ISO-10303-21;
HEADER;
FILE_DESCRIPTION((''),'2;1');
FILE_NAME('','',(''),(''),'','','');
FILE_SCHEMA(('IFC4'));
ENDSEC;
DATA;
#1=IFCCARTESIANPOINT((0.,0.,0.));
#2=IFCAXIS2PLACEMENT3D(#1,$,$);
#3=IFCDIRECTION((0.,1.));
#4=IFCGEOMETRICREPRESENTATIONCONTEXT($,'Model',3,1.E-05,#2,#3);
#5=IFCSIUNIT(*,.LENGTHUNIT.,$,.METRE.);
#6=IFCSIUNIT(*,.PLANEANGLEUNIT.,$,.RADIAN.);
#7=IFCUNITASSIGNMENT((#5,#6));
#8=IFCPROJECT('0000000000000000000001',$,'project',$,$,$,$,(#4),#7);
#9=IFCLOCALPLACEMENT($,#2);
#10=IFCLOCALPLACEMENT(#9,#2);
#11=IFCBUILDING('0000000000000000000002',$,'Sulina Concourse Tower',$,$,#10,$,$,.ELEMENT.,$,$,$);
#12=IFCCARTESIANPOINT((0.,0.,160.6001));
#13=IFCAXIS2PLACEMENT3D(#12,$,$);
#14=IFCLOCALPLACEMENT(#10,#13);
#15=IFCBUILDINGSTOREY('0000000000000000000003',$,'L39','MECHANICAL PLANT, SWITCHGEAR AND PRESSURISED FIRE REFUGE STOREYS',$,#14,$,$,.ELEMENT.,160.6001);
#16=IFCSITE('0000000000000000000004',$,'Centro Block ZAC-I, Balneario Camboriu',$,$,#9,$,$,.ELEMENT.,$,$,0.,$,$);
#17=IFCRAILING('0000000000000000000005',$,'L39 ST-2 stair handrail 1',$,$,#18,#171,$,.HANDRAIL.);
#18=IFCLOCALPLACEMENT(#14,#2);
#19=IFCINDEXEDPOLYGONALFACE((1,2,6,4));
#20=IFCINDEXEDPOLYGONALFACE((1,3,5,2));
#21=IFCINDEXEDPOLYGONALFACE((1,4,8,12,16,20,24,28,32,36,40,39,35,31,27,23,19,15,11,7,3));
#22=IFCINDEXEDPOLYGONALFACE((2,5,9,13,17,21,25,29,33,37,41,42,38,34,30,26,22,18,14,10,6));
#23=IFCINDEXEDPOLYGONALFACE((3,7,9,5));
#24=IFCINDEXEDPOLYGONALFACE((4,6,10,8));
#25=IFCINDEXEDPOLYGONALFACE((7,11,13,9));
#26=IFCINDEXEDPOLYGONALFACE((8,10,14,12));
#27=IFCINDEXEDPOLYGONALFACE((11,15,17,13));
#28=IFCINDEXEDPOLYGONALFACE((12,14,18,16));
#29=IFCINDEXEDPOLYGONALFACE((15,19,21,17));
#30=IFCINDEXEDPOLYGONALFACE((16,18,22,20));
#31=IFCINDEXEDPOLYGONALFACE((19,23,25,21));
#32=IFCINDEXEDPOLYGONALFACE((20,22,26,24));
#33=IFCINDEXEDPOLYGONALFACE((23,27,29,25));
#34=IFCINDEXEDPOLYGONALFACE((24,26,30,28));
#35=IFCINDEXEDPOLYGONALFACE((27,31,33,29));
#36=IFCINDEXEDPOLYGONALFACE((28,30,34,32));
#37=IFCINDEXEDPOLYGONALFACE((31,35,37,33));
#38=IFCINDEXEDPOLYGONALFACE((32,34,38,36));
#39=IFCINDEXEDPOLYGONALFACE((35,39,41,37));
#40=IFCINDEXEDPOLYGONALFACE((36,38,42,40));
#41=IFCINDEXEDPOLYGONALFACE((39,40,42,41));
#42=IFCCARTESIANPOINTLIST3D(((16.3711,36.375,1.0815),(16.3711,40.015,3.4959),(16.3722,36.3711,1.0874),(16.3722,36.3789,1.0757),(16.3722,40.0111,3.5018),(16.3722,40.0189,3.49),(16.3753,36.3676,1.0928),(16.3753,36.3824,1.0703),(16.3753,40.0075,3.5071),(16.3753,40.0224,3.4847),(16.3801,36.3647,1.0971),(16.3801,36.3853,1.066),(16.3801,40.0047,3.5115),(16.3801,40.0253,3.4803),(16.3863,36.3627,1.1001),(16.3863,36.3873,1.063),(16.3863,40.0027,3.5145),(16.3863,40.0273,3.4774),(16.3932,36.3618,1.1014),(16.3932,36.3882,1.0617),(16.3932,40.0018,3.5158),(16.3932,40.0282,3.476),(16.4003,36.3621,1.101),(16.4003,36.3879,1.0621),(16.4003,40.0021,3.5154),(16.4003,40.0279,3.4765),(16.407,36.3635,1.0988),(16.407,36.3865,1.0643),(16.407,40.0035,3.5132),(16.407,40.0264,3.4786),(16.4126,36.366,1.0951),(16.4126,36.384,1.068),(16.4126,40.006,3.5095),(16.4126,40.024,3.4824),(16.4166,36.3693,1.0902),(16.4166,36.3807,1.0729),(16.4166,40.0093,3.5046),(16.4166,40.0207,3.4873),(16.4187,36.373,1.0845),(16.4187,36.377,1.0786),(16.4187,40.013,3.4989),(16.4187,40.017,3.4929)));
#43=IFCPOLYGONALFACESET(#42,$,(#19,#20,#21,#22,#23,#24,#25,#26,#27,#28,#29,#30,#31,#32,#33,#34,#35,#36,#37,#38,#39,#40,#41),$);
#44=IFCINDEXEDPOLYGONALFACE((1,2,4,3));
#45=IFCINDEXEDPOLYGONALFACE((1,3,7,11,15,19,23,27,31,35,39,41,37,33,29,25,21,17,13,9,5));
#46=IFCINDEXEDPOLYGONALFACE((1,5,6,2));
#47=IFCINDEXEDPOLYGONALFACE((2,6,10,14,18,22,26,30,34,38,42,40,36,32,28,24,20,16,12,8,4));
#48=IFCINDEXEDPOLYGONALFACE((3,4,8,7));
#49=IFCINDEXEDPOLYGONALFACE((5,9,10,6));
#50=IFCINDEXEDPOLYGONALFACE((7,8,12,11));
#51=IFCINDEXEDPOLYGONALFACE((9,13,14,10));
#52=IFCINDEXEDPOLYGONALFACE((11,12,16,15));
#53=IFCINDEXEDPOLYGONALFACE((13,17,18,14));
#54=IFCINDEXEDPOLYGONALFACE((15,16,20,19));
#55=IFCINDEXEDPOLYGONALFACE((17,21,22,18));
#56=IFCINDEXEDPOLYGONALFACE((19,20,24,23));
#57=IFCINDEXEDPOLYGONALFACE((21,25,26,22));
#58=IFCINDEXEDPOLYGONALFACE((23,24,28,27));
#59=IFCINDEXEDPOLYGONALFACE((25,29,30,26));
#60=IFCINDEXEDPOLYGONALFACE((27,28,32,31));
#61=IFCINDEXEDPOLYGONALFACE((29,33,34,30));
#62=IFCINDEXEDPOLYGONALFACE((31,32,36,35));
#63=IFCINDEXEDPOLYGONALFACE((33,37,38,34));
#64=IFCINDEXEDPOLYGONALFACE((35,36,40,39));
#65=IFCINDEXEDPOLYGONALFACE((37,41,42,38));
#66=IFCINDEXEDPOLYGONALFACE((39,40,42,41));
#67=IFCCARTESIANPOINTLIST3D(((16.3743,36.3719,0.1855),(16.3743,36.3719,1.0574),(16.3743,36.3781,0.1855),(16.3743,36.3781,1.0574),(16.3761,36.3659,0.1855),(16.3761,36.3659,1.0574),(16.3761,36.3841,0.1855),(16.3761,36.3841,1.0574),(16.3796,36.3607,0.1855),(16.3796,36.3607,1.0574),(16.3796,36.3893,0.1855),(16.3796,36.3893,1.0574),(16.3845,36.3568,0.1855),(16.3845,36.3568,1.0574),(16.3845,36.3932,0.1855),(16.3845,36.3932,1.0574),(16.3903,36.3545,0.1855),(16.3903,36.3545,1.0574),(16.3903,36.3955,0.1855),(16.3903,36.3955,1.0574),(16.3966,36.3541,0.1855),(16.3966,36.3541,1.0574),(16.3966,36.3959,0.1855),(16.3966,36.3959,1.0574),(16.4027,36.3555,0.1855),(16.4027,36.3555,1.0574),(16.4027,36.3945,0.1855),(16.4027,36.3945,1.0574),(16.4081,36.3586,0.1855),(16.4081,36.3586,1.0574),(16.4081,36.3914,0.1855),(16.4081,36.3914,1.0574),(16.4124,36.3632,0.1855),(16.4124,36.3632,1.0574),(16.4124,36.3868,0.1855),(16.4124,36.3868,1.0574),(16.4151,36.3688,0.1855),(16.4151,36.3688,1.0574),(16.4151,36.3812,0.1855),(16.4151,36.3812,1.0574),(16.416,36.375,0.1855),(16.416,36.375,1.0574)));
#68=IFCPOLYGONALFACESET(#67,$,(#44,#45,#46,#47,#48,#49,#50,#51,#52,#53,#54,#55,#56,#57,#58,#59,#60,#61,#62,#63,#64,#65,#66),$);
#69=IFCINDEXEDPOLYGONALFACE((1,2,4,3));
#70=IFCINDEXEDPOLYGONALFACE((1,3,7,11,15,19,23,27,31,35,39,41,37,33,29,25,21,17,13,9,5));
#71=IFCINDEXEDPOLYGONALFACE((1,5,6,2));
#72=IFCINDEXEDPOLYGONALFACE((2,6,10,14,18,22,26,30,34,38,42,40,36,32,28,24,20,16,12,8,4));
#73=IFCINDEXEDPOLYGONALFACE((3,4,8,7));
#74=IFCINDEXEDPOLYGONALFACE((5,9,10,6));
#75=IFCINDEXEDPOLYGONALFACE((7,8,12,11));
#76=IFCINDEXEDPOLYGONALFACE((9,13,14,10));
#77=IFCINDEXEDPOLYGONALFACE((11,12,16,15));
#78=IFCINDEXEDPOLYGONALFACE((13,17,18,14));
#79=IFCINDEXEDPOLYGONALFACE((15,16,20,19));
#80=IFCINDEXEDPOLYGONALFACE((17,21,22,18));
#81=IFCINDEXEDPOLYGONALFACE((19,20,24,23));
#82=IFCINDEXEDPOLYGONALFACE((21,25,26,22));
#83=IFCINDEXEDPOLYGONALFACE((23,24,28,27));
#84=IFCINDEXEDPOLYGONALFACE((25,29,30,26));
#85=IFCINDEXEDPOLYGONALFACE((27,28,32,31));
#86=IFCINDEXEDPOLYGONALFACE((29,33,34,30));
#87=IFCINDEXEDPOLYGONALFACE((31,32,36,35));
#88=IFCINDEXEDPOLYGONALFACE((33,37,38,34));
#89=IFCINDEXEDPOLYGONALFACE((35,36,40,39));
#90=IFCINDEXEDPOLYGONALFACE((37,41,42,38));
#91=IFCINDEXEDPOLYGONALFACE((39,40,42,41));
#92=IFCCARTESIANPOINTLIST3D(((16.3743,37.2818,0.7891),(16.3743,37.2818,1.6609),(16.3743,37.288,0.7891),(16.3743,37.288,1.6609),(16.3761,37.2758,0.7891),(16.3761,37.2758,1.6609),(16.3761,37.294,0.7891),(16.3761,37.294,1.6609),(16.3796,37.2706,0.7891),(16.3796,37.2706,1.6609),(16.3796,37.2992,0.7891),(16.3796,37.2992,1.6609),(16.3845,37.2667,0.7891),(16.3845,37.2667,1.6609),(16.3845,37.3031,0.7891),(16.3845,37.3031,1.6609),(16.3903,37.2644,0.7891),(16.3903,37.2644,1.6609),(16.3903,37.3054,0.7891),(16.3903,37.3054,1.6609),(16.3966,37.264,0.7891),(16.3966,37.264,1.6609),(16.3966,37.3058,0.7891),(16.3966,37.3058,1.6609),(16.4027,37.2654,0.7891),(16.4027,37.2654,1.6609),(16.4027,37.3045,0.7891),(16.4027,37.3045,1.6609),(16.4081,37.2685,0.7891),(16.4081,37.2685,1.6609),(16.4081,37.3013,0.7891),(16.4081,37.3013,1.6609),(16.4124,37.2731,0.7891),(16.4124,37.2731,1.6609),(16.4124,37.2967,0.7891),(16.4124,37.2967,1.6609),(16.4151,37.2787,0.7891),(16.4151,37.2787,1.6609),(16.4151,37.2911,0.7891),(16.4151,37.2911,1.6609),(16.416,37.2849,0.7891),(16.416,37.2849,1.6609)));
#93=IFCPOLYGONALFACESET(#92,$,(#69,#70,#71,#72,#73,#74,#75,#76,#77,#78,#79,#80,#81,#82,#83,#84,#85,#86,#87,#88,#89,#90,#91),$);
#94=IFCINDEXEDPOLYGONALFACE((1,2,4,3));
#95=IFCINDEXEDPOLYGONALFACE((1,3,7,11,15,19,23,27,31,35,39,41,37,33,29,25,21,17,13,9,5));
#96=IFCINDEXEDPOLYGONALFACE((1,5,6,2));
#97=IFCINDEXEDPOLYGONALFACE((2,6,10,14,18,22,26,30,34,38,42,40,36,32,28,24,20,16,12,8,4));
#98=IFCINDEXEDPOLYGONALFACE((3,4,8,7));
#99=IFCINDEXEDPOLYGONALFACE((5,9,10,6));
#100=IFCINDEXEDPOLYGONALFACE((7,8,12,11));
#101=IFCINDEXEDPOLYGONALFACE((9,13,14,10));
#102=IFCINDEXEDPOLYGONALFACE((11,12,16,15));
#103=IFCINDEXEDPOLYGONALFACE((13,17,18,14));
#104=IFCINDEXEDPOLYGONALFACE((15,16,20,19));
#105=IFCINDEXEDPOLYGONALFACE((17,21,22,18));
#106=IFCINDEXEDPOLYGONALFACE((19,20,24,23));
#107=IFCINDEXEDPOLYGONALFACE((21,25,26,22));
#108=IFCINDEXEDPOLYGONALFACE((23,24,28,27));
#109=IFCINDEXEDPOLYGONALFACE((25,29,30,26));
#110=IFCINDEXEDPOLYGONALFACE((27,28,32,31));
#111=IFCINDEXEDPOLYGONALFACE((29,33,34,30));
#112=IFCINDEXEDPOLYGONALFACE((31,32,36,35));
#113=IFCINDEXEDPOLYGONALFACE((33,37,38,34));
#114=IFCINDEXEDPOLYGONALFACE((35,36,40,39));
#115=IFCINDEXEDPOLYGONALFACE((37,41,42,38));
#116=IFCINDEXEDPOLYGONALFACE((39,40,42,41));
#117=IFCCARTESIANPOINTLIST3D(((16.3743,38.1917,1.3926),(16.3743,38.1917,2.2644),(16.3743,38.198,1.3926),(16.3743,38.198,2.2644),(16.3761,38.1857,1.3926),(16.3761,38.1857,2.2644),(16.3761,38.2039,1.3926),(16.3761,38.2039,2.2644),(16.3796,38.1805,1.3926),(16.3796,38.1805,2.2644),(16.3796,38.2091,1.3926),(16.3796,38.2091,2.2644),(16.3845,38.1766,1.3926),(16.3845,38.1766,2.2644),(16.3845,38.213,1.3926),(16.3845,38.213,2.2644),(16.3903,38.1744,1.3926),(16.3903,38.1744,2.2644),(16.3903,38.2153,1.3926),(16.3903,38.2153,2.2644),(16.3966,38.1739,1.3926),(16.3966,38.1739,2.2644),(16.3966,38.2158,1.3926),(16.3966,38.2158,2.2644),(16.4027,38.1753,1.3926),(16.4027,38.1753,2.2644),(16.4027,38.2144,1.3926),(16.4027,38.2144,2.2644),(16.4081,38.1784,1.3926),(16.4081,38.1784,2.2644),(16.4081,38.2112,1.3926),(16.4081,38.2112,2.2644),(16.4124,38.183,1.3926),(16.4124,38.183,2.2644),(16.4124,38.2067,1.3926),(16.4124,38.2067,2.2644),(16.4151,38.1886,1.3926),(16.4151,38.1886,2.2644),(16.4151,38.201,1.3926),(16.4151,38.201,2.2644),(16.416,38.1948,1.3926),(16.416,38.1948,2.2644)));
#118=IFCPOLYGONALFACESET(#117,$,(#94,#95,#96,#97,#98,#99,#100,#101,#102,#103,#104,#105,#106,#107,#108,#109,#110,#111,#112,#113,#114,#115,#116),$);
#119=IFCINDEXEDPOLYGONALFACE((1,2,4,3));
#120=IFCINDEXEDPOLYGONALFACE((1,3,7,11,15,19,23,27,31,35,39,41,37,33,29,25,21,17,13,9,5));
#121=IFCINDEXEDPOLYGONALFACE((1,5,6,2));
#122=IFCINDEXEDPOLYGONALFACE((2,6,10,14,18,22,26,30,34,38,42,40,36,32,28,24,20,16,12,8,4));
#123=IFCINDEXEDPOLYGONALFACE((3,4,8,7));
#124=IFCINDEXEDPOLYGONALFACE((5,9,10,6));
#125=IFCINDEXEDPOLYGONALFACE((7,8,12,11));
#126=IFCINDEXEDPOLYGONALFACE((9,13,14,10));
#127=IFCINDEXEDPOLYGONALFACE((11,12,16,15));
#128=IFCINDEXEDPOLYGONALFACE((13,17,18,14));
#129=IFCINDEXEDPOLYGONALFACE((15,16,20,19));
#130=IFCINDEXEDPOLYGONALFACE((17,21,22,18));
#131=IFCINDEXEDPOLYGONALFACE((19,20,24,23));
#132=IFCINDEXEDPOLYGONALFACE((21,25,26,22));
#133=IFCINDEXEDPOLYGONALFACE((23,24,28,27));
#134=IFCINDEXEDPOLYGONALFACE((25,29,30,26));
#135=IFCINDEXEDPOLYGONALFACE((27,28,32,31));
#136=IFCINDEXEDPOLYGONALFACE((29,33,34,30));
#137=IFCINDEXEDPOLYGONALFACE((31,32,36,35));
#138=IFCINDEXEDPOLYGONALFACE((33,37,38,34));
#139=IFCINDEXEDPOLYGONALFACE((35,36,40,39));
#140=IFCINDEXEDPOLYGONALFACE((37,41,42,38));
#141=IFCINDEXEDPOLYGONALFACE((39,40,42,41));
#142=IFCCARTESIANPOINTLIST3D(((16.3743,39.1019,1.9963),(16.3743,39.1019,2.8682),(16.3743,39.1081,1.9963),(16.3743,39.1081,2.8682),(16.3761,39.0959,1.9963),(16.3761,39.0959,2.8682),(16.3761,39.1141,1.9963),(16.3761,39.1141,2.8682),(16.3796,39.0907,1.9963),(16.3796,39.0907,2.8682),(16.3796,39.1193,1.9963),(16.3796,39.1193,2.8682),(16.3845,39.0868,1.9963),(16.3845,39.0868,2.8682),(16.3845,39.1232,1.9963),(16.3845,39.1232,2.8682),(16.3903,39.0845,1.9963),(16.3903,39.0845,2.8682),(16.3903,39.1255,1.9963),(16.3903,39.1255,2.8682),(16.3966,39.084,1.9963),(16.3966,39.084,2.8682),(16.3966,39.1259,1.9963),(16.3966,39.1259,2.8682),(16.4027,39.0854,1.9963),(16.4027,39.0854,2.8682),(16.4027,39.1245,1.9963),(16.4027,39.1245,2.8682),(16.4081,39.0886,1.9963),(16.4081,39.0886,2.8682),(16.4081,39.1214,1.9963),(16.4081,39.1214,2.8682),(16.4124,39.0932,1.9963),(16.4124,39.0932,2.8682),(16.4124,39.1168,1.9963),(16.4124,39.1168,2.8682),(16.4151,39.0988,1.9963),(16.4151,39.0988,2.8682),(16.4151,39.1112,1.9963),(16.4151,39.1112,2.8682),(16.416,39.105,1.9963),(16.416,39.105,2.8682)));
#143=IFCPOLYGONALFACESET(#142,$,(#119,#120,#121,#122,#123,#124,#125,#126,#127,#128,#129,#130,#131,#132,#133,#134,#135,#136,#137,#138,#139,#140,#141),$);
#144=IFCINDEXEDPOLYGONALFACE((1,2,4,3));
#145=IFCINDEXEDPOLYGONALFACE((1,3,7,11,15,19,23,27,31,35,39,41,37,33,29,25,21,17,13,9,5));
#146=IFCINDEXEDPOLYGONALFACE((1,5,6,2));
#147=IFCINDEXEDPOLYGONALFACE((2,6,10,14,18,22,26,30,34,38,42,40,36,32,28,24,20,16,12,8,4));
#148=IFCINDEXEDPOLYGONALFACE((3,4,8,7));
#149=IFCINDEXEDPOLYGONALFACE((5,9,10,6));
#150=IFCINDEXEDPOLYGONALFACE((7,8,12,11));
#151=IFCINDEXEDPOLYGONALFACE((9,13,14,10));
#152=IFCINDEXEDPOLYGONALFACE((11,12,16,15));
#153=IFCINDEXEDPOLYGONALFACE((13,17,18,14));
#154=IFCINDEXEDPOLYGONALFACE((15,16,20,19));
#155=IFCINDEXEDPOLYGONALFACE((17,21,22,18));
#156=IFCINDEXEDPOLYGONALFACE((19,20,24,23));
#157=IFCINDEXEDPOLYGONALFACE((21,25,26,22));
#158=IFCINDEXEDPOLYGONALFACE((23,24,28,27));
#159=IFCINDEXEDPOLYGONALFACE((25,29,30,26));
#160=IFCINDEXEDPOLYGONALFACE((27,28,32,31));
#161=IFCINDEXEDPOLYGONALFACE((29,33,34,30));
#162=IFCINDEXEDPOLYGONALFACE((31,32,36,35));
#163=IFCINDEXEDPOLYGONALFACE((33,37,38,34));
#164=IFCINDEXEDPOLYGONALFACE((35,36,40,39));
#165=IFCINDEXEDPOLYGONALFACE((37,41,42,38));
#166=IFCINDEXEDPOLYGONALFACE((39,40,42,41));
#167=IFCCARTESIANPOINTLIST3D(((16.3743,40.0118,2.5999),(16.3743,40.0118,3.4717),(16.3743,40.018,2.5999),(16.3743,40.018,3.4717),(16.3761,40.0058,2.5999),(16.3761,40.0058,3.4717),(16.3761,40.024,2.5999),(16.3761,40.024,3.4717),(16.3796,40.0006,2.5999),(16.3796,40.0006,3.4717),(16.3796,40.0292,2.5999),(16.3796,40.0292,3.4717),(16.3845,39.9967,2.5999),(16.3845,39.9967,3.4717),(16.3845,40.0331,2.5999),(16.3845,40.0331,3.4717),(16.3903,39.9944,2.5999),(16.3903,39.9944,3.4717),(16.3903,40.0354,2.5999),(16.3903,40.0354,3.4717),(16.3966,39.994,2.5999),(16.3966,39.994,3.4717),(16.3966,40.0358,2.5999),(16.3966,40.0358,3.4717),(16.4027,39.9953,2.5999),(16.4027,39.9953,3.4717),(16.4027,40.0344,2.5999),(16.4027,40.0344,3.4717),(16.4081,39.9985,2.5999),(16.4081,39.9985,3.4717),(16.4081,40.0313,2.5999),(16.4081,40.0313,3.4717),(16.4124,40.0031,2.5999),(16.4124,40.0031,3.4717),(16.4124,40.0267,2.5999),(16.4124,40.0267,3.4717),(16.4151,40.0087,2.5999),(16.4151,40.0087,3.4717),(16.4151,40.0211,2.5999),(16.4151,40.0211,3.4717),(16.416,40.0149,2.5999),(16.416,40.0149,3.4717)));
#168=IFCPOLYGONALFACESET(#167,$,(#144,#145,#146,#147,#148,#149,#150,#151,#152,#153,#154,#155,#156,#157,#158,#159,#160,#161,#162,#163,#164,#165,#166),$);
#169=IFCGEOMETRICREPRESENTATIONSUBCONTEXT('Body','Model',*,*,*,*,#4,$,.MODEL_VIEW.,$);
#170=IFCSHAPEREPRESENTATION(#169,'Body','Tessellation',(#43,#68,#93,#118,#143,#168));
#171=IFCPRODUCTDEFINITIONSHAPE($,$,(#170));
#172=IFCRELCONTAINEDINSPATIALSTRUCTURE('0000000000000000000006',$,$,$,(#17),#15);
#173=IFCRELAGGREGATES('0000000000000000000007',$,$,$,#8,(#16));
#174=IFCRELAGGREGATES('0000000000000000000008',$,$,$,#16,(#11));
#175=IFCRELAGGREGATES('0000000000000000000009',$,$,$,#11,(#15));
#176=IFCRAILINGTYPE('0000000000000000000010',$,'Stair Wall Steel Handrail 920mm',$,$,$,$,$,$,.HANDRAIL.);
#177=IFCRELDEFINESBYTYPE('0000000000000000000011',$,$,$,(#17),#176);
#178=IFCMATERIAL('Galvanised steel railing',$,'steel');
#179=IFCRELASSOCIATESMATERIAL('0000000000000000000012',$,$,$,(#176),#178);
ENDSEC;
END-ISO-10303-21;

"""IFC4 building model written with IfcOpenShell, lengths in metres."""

from ifc_helpers import new_model, si_unit, direction, frame, origin, origin_2d, place, context, subcontext, project, spatial, circle, extrude, material, type_object, element, save


model = new_model("IFC4")

# Units and contexts
model_context = context("Model", 3, precision=1e-05, world=origin(), true_north=direction((0.0, 1.0)))
body_context = subcontext(model_context, "Body", "Model", "MODEL_VIEW")
ifc_project = project(units=[si_unit("LENGTHUNIT", "METRE"), si_unit("PLANEANGLEUNIT", "RADIAN")], contexts=[model_context])

# Site, building, storey
site_placement = place(None, origin())
site = spatial("IfcSite", under=ifc_project, at=site_placement, Name="Centro Block ZAC-I, Balneario Camboriu", CompositionType="ELEMENT", RefElevation=0.0)
building_placement = place(site_placement, origin())
building = spatial("IfcBuilding", under=site, at=building_placement, Name="Sulina Concourse Tower", CompositionType="ELEMENT")
storey_placement = place(building_placement, frame((0.0, 0.0, 160.6001)))
storey = spatial("IfcBuildingStorey", under=building, at=storey_placement, Name="L39", Description="MECHANICAL PLANT, SWITCHGEAR AND PRESSURISED FIRE REFUGE STOREYS", CompositionType="ELEMENT", Elevation=160.6001)

# Railing
ifc_material_1 = material(Name="Galvanised steel railing", Category="steel")
railing_type_1 = type_object("IfcRailingType", Name="Stair Wall Steel Handrail 920mm", PredefinedType="HANDRAIL", material=ifc_material_1)
railing_1_placement = place(storey_placement, frame((16.395, 36.375, 0.1855)))
element("IfcRailing", 1, at=railing_1_placement, inside=storey, type_object=railing_type_1, Name="L39 ST-2 stair handrail 1", PredefinedType="HANDRAIL", context=body_context, shape_type="SweptSolid", body=[
    extrude(circle(Radius=0.0239, at=origin_2d()), frame((0.0, 0.0, 0.896), z_axis=(0.0, 0.833347, 0.552751), x_axis=(-1.0, 0.0, 0.0)), (0.0, 0.0, 1.0), 4.3679),
    extrude(circle(Radius=0.021, at=origin_2d()), origin(), (0.0, 0.0, 1.0), 0.8718),
    extrude(circle(Radius=0.021, at=origin_2d()), frame((0.0, 0.9099, 0.6035)), (0.0, 0.0, 1.0), 0.8718),
    extrude(circle(Radius=0.021, at=origin_2d()), frame((0.0, 1.8198, 1.207)), (0.0, 0.0, 1.0), 0.8718),
    extrude(circle(Radius=0.021, at=origin_2d()), frame((0.0, 2.73, 1.8108)), (0.0, 0.0, 1.0), 0.8718),
    extrude(circle(Radius=0.021, at=origin_2d()), frame((0.0, 3.6399, 2.4143)), (0.0, 0.0, 1.0), 0.8718),
])

save(model, "model.ifc")
